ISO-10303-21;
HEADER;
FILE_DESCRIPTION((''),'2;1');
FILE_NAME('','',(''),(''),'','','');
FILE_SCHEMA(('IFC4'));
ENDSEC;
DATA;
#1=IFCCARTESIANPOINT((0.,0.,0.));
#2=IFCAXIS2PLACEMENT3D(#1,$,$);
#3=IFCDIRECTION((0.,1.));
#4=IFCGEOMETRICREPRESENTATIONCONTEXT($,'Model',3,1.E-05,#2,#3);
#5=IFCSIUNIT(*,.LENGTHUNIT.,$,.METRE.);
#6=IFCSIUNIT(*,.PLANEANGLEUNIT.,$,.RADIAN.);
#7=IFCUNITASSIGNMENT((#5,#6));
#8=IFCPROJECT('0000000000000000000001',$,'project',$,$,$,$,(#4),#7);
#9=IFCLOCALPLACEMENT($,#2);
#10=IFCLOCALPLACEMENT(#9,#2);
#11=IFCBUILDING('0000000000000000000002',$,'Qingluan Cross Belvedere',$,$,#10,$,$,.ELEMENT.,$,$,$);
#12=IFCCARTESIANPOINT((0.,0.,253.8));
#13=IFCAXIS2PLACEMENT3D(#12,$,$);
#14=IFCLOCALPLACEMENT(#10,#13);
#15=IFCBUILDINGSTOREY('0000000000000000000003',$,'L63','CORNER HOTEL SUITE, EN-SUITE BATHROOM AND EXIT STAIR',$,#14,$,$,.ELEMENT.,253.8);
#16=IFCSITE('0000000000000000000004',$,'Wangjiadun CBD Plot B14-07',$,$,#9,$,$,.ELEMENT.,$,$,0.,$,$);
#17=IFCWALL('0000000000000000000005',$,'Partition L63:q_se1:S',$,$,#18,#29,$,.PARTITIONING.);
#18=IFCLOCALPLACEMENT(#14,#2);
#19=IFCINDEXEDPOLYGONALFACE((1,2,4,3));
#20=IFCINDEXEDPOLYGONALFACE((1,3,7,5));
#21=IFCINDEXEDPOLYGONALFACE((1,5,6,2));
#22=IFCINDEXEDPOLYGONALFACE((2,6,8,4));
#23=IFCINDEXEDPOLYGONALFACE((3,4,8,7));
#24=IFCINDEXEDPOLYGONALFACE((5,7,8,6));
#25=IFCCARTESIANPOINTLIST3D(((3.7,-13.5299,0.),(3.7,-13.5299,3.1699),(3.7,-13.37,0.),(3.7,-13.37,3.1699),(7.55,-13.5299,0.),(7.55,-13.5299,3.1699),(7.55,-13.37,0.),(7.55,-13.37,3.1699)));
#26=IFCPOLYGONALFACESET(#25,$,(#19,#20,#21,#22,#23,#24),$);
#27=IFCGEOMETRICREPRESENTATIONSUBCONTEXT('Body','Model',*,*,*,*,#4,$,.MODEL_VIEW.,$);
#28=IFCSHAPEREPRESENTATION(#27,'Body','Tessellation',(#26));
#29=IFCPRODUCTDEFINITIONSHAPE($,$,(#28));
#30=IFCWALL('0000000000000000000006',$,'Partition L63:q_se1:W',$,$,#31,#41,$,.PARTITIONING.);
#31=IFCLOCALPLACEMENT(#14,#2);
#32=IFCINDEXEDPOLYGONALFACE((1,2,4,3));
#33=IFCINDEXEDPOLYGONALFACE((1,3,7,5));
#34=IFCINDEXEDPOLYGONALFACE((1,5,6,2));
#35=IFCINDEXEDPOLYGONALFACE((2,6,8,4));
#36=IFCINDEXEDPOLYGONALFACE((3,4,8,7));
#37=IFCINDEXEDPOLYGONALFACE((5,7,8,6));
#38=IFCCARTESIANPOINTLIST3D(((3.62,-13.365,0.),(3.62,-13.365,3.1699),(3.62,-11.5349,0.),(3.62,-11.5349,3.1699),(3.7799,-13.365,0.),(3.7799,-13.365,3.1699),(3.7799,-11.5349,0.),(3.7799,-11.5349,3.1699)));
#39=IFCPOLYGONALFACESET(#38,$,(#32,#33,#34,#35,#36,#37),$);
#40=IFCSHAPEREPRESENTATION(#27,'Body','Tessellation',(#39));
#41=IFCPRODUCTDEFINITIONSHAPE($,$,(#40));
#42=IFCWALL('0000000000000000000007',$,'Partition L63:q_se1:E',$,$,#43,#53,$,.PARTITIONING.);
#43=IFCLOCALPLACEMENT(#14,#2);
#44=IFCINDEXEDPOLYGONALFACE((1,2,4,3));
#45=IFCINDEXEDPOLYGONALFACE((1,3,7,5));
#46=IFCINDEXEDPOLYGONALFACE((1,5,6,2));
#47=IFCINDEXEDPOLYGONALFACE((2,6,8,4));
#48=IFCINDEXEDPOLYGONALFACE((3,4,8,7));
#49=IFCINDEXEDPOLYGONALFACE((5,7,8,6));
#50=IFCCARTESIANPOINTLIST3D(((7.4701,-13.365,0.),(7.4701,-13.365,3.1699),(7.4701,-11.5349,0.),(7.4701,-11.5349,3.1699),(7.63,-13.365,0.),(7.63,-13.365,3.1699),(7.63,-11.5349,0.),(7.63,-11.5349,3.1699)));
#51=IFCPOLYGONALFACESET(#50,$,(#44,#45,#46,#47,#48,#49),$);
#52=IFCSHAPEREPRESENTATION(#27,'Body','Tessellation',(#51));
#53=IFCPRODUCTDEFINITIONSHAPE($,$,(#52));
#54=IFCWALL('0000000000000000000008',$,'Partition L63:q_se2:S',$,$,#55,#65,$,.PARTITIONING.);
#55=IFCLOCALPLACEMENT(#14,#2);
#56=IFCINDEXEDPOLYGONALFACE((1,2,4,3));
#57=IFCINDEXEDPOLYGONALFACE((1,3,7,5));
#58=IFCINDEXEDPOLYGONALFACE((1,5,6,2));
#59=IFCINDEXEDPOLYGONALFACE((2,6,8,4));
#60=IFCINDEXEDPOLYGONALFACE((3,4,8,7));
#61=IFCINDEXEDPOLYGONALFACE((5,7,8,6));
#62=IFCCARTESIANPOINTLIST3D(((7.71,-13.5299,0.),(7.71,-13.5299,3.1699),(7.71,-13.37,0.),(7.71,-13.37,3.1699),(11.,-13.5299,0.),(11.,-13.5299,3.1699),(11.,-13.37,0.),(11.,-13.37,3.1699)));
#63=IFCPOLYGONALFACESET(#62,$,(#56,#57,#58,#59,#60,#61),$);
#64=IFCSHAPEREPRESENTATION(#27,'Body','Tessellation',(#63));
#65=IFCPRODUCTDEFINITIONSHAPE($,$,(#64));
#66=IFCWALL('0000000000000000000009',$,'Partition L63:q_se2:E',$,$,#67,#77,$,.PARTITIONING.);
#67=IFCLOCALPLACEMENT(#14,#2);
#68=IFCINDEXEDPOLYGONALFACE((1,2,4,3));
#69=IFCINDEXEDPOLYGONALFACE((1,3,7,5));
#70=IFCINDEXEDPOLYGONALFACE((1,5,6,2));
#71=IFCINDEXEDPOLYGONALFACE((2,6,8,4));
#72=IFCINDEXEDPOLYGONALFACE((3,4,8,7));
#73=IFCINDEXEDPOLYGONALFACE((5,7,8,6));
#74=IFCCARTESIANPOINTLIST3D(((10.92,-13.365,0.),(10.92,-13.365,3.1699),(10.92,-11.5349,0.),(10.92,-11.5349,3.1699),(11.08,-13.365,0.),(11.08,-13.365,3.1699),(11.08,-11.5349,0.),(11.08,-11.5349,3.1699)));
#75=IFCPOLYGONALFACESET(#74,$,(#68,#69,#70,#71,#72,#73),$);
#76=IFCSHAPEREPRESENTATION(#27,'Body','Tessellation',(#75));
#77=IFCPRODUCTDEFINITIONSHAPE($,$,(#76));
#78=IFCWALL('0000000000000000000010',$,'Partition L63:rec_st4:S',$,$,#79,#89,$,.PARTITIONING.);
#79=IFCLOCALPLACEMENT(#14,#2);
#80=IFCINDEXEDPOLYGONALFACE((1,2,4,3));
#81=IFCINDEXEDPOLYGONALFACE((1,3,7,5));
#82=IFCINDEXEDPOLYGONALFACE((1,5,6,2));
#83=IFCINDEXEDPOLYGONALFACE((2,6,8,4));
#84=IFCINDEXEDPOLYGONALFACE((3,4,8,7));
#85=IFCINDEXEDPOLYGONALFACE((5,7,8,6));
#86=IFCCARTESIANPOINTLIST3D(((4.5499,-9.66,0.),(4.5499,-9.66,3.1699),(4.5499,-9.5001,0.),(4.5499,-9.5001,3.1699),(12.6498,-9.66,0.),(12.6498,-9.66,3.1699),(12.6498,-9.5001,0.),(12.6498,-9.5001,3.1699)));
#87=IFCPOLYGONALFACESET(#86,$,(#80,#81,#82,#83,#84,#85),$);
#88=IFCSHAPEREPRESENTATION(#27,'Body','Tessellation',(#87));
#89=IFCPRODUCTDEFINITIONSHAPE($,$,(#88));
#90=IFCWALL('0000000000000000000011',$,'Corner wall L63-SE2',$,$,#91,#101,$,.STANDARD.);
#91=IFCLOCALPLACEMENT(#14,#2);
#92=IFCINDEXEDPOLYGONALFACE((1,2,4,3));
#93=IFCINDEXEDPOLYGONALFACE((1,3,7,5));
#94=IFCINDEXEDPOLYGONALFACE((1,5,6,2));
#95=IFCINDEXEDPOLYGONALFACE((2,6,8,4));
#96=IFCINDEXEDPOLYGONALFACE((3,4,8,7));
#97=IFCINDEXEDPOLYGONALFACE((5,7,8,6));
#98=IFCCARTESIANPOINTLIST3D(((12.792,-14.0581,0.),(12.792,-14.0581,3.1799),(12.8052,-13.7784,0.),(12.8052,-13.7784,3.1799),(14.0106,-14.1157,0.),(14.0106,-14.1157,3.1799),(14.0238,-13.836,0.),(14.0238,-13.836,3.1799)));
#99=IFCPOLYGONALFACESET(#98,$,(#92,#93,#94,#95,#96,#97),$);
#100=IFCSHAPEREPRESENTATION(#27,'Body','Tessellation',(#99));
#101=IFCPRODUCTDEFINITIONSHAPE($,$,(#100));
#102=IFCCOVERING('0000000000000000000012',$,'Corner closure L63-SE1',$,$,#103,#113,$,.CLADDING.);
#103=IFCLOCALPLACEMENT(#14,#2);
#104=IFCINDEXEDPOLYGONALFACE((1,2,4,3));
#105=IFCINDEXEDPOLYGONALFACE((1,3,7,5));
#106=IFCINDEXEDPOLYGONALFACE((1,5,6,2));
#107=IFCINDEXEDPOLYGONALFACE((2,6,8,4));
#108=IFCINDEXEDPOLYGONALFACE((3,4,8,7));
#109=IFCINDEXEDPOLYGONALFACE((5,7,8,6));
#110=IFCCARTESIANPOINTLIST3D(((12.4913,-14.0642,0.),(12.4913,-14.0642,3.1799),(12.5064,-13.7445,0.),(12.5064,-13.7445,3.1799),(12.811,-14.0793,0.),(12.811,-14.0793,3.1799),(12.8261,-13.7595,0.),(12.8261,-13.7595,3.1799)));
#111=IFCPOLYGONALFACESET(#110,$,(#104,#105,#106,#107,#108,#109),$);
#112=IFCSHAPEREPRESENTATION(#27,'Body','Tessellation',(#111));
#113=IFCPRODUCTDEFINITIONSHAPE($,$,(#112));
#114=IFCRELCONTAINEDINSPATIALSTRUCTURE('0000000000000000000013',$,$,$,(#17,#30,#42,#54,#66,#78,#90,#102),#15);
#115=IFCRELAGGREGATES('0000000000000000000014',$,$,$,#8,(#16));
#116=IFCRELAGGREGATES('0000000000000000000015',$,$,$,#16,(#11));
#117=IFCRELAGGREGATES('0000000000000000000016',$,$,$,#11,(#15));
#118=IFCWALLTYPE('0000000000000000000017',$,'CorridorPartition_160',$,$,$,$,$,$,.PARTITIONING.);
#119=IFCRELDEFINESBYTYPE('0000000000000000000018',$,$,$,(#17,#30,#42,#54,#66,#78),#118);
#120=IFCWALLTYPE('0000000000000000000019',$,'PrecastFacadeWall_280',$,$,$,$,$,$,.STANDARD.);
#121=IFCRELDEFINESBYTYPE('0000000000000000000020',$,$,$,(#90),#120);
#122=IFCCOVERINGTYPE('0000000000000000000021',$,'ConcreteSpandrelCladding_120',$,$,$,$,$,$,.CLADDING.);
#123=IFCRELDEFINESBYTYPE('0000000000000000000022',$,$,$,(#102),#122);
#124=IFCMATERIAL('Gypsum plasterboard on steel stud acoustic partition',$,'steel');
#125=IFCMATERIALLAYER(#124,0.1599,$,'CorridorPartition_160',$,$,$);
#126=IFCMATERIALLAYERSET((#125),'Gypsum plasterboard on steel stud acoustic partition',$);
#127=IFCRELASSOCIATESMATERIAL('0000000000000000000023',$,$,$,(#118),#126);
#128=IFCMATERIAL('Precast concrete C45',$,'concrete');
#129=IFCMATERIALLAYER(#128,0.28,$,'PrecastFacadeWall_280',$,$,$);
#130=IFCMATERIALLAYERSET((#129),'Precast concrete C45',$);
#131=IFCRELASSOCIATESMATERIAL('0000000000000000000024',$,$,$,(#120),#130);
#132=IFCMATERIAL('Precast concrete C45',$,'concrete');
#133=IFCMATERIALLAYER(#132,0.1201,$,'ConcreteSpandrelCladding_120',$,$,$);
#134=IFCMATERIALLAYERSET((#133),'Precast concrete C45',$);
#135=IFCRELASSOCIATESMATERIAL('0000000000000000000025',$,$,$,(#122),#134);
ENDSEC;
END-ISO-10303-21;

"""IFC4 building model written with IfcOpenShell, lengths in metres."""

from ifc_helpers import new_model, si_unit, direction, frame, frame_2d, origin, origin_2d, place, context, subcontext, project, spatial, rectangle, extrude, material, layer, layer_set, type_object, element, save


model = new_model("IFC4")

# Units and contexts
model_context = context("Model", 3, precision=1e-05, world=origin(), true_north=direction((0.0, 1.0)))
body_context = subcontext(model_context, "Body", "Model", "MODEL_VIEW")
ifc_project = project(units=[si_unit("LENGTHUNIT", "METRE"), si_unit("PLANEANGLEUNIT", "RADIAN")], contexts=[model_context])

# Site, building, storey
site_placement = place(None, origin())
site = spatial("IfcSite", under=ifc_project, at=site_placement, Name="Wangjiadun CBD Plot B14-07", CompositionType="ELEMENT", RefElevation=0.0)
building_placement = place(site_placement, origin())
building = spatial("IfcBuilding", under=site, at=building_placement, Name="Qingluan Cross Belvedere", CompositionType="ELEMENT")
storey_placement = place(building_placement, frame((0.0, 0.0, 253.8)))
storey = spatial("IfcBuildingStorey", under=building, at=storey_placement, Name="L63", Description="CORNER HOTEL SUITE, EN-SUITE BATHROOM AND EXIT STAIR", CompositionType="ELEMENT", Elevation=253.8)

# Wall
ifc_material_1 = material(Name="Gypsum plasterboard on steel stud acoustic partition", Category="steel")
ifc_layer_1 = layer(ifc_material_1, 0.1599, Name="CorridorPartition_160")
ifc_layer_set_1 = layer_set([ifc_layer_1], Name="Gypsum plasterboard on steel stud acoustic partition")
wall_type_1 = type_object("IfcWallType", Name="CorridorPartition_160", PredefinedType="PARTITIONING", material=ifc_layer_set_1)
wall_1_placement = place(storey_placement, frame((3.7, -13.45, 0.0), z_axis=(0.0, 0.0, 1.0), x_axis=(1.0, 0.0, 0.0)))
element("IfcWall", 1, at=wall_1_placement, inside=storey, type_object=wall_type_1, Name="Partition L63:q_se1:S", PredefinedType="PARTITIONING", context=body_context, shape_type="SweptSolid", body=[
    extrude(rectangle(XDim=3.8501, YDim=0.1599, at=frame_2d((1.925, 0.0))), origin(), (0.0, 0.0, 1.0), 3.1699),
])

# Walls
for number, where, z_axis, x_axis, name in (
    (2, (3.7, -13.365, 0.0), (0.0, 0.0, 1.0), (0.0, 1.0, 0.0), "Partition L63:q_se1:W"),
    (3, (7.55, -13.365, 0.0), (0.0, 0.0, 1.0), (0.0, 1.0, 0.0), "Partition L63:q_se1:E"),
):
    element("IfcWall", number, at=place(storey_placement, frame(where, z_axis=z_axis, x_axis=x_axis)), inside=storey, type_object=wall_type_1, Name=name, PredefinedType="PARTITIONING", context=body_context, shape_type="SweptSolid", body=[
        extrude(rectangle(XDim=1.8301, YDim=0.1599, at=frame_2d((0.915, 0.0))), origin(), (0.0, 0.0, 1.0), 3.1699),
    ])
wall_2_placement = place(storey_placement, frame((7.71, -13.45, 0.0), z_axis=(0.0, 0.0, 1.0), x_axis=(1.0, 0.0, 0.0)))
element("IfcWall", 4, at=wall_2_placement, inside=storey, type_object=wall_type_1, Name="Partition L63:q_se2:S", PredefinedType="PARTITIONING", context=body_context, shape_type="SweptSolid", body=[
    extrude(rectangle(XDim=3.29, YDim=0.1599, at=frame_2d((1.645, 0.0))), origin(), (0.0, 0.0, 1.0), 3.1699),
])

# Walls
wall_3_placement = place(storey_placement, frame((11.0, -13.365, 0.0), z_axis=(0.0, 0.0, 1.0), x_axis=(0.0, 1.0, 0.0)))
element("IfcWall", 5, at=wall_3_placement, inside=storey, type_object=wall_type_1, Name="Partition L63:q_se2:E", PredefinedType="PARTITIONING", context=body_context, shape_type="SweptSolid", body=[
    extrude(rectangle(XDim=1.8301, YDim=0.1599, at=frame_2d((0.915, 0.0))), origin(), (0.0, 0.0, 1.0), 3.1699),
])
wall_4_placement = place(storey_placement, frame((4.55, -9.5801, 0.0), z_axis=(0.0, 0.0, 1.0), x_axis=(1.0, 0.0, 0.0)))
element("IfcWall", 6, at=wall_4_placement, inside=storey, type_object=wall_type_1, Name="Partition L63:rec_st4:S", PredefinedType="PARTITIONING", context=body_context, shape_type="SweptSolid", body=[
    extrude(rectangle(XDim=8.0999, YDim=0.1599, at=frame_2d((4.0498, 0.0))), origin(), (0.0, 0.0, 1.0), 3.1699),
])
ifc_material_2 = material(Name="Precast concrete C45", Category="concrete")
ifc_layer_2 = layer(ifc_material_2, 0.28, Name="PrecastFacadeWall_280")
ifc_layer_set_2 = layer_set([ifc_layer_2], Name="Precast concrete C45")
wall_type_2 = type_object("IfcWallType", Name="PrecastFacadeWall_280", PredefinedType="STANDARD", material=ifc_layer_set_2)
wall_5_placement = place(storey_placement, frame((14.0171, -13.9758, 0.0), z_axis=(0.0, 0.0, 1.0), x_axis=(-0.998884, 0.047232, 0.0)))
element("IfcWall", 7, at=wall_5_placement, inside=storey, type_object=wall_type_2, Name="Corner wall L63-SE2", PredefinedType="STANDARD", context=body_context, shape_type="SweptSolid", body=[
    extrude(rectangle(XDim=1.22, YDim=0.28, at=frame_2d((0.6099, 0.0))), origin(), (0.0, 0.0, 1.0), 3.1799),
])

# Covering
ifc_material_3 = material(Name="Precast concrete C45", Category="concrete")
ifc_layer_3 = layer(ifc_material_3, 0.1201, Name="ConcreteSpandrelCladding_120")
ifc_layer_set_3 = layer_set([ifc_layer_3], Name="Precast concrete C45")
covering_type = type_object("IfcCoveringType", Name="ConcreteSpandrelCladding_120", PredefinedType="CLADDING", material=ifc_layer_set_3)
covering_placement = place(storey_placement, frame((12.6587, -13.9119, 0.0), z_axis=(0.0, 0.0, 1.0), x_axis=(0.99889, -0.047106, 0.0)))
element("IfcCovering", 8, at=covering_placement, inside=storey, type_object=covering_type, Name="Corner closure L63-SE1", PredefinedType="CLADDING", context=body_context, shape_type="SweptSolid", body=[
    extrude(rectangle(XDim=0.3201, YDim=0.3201, at=origin_2d()), origin(), (0.0, 0.0, 1.0), 3.1799),
])

save(model, "model.ifc")
